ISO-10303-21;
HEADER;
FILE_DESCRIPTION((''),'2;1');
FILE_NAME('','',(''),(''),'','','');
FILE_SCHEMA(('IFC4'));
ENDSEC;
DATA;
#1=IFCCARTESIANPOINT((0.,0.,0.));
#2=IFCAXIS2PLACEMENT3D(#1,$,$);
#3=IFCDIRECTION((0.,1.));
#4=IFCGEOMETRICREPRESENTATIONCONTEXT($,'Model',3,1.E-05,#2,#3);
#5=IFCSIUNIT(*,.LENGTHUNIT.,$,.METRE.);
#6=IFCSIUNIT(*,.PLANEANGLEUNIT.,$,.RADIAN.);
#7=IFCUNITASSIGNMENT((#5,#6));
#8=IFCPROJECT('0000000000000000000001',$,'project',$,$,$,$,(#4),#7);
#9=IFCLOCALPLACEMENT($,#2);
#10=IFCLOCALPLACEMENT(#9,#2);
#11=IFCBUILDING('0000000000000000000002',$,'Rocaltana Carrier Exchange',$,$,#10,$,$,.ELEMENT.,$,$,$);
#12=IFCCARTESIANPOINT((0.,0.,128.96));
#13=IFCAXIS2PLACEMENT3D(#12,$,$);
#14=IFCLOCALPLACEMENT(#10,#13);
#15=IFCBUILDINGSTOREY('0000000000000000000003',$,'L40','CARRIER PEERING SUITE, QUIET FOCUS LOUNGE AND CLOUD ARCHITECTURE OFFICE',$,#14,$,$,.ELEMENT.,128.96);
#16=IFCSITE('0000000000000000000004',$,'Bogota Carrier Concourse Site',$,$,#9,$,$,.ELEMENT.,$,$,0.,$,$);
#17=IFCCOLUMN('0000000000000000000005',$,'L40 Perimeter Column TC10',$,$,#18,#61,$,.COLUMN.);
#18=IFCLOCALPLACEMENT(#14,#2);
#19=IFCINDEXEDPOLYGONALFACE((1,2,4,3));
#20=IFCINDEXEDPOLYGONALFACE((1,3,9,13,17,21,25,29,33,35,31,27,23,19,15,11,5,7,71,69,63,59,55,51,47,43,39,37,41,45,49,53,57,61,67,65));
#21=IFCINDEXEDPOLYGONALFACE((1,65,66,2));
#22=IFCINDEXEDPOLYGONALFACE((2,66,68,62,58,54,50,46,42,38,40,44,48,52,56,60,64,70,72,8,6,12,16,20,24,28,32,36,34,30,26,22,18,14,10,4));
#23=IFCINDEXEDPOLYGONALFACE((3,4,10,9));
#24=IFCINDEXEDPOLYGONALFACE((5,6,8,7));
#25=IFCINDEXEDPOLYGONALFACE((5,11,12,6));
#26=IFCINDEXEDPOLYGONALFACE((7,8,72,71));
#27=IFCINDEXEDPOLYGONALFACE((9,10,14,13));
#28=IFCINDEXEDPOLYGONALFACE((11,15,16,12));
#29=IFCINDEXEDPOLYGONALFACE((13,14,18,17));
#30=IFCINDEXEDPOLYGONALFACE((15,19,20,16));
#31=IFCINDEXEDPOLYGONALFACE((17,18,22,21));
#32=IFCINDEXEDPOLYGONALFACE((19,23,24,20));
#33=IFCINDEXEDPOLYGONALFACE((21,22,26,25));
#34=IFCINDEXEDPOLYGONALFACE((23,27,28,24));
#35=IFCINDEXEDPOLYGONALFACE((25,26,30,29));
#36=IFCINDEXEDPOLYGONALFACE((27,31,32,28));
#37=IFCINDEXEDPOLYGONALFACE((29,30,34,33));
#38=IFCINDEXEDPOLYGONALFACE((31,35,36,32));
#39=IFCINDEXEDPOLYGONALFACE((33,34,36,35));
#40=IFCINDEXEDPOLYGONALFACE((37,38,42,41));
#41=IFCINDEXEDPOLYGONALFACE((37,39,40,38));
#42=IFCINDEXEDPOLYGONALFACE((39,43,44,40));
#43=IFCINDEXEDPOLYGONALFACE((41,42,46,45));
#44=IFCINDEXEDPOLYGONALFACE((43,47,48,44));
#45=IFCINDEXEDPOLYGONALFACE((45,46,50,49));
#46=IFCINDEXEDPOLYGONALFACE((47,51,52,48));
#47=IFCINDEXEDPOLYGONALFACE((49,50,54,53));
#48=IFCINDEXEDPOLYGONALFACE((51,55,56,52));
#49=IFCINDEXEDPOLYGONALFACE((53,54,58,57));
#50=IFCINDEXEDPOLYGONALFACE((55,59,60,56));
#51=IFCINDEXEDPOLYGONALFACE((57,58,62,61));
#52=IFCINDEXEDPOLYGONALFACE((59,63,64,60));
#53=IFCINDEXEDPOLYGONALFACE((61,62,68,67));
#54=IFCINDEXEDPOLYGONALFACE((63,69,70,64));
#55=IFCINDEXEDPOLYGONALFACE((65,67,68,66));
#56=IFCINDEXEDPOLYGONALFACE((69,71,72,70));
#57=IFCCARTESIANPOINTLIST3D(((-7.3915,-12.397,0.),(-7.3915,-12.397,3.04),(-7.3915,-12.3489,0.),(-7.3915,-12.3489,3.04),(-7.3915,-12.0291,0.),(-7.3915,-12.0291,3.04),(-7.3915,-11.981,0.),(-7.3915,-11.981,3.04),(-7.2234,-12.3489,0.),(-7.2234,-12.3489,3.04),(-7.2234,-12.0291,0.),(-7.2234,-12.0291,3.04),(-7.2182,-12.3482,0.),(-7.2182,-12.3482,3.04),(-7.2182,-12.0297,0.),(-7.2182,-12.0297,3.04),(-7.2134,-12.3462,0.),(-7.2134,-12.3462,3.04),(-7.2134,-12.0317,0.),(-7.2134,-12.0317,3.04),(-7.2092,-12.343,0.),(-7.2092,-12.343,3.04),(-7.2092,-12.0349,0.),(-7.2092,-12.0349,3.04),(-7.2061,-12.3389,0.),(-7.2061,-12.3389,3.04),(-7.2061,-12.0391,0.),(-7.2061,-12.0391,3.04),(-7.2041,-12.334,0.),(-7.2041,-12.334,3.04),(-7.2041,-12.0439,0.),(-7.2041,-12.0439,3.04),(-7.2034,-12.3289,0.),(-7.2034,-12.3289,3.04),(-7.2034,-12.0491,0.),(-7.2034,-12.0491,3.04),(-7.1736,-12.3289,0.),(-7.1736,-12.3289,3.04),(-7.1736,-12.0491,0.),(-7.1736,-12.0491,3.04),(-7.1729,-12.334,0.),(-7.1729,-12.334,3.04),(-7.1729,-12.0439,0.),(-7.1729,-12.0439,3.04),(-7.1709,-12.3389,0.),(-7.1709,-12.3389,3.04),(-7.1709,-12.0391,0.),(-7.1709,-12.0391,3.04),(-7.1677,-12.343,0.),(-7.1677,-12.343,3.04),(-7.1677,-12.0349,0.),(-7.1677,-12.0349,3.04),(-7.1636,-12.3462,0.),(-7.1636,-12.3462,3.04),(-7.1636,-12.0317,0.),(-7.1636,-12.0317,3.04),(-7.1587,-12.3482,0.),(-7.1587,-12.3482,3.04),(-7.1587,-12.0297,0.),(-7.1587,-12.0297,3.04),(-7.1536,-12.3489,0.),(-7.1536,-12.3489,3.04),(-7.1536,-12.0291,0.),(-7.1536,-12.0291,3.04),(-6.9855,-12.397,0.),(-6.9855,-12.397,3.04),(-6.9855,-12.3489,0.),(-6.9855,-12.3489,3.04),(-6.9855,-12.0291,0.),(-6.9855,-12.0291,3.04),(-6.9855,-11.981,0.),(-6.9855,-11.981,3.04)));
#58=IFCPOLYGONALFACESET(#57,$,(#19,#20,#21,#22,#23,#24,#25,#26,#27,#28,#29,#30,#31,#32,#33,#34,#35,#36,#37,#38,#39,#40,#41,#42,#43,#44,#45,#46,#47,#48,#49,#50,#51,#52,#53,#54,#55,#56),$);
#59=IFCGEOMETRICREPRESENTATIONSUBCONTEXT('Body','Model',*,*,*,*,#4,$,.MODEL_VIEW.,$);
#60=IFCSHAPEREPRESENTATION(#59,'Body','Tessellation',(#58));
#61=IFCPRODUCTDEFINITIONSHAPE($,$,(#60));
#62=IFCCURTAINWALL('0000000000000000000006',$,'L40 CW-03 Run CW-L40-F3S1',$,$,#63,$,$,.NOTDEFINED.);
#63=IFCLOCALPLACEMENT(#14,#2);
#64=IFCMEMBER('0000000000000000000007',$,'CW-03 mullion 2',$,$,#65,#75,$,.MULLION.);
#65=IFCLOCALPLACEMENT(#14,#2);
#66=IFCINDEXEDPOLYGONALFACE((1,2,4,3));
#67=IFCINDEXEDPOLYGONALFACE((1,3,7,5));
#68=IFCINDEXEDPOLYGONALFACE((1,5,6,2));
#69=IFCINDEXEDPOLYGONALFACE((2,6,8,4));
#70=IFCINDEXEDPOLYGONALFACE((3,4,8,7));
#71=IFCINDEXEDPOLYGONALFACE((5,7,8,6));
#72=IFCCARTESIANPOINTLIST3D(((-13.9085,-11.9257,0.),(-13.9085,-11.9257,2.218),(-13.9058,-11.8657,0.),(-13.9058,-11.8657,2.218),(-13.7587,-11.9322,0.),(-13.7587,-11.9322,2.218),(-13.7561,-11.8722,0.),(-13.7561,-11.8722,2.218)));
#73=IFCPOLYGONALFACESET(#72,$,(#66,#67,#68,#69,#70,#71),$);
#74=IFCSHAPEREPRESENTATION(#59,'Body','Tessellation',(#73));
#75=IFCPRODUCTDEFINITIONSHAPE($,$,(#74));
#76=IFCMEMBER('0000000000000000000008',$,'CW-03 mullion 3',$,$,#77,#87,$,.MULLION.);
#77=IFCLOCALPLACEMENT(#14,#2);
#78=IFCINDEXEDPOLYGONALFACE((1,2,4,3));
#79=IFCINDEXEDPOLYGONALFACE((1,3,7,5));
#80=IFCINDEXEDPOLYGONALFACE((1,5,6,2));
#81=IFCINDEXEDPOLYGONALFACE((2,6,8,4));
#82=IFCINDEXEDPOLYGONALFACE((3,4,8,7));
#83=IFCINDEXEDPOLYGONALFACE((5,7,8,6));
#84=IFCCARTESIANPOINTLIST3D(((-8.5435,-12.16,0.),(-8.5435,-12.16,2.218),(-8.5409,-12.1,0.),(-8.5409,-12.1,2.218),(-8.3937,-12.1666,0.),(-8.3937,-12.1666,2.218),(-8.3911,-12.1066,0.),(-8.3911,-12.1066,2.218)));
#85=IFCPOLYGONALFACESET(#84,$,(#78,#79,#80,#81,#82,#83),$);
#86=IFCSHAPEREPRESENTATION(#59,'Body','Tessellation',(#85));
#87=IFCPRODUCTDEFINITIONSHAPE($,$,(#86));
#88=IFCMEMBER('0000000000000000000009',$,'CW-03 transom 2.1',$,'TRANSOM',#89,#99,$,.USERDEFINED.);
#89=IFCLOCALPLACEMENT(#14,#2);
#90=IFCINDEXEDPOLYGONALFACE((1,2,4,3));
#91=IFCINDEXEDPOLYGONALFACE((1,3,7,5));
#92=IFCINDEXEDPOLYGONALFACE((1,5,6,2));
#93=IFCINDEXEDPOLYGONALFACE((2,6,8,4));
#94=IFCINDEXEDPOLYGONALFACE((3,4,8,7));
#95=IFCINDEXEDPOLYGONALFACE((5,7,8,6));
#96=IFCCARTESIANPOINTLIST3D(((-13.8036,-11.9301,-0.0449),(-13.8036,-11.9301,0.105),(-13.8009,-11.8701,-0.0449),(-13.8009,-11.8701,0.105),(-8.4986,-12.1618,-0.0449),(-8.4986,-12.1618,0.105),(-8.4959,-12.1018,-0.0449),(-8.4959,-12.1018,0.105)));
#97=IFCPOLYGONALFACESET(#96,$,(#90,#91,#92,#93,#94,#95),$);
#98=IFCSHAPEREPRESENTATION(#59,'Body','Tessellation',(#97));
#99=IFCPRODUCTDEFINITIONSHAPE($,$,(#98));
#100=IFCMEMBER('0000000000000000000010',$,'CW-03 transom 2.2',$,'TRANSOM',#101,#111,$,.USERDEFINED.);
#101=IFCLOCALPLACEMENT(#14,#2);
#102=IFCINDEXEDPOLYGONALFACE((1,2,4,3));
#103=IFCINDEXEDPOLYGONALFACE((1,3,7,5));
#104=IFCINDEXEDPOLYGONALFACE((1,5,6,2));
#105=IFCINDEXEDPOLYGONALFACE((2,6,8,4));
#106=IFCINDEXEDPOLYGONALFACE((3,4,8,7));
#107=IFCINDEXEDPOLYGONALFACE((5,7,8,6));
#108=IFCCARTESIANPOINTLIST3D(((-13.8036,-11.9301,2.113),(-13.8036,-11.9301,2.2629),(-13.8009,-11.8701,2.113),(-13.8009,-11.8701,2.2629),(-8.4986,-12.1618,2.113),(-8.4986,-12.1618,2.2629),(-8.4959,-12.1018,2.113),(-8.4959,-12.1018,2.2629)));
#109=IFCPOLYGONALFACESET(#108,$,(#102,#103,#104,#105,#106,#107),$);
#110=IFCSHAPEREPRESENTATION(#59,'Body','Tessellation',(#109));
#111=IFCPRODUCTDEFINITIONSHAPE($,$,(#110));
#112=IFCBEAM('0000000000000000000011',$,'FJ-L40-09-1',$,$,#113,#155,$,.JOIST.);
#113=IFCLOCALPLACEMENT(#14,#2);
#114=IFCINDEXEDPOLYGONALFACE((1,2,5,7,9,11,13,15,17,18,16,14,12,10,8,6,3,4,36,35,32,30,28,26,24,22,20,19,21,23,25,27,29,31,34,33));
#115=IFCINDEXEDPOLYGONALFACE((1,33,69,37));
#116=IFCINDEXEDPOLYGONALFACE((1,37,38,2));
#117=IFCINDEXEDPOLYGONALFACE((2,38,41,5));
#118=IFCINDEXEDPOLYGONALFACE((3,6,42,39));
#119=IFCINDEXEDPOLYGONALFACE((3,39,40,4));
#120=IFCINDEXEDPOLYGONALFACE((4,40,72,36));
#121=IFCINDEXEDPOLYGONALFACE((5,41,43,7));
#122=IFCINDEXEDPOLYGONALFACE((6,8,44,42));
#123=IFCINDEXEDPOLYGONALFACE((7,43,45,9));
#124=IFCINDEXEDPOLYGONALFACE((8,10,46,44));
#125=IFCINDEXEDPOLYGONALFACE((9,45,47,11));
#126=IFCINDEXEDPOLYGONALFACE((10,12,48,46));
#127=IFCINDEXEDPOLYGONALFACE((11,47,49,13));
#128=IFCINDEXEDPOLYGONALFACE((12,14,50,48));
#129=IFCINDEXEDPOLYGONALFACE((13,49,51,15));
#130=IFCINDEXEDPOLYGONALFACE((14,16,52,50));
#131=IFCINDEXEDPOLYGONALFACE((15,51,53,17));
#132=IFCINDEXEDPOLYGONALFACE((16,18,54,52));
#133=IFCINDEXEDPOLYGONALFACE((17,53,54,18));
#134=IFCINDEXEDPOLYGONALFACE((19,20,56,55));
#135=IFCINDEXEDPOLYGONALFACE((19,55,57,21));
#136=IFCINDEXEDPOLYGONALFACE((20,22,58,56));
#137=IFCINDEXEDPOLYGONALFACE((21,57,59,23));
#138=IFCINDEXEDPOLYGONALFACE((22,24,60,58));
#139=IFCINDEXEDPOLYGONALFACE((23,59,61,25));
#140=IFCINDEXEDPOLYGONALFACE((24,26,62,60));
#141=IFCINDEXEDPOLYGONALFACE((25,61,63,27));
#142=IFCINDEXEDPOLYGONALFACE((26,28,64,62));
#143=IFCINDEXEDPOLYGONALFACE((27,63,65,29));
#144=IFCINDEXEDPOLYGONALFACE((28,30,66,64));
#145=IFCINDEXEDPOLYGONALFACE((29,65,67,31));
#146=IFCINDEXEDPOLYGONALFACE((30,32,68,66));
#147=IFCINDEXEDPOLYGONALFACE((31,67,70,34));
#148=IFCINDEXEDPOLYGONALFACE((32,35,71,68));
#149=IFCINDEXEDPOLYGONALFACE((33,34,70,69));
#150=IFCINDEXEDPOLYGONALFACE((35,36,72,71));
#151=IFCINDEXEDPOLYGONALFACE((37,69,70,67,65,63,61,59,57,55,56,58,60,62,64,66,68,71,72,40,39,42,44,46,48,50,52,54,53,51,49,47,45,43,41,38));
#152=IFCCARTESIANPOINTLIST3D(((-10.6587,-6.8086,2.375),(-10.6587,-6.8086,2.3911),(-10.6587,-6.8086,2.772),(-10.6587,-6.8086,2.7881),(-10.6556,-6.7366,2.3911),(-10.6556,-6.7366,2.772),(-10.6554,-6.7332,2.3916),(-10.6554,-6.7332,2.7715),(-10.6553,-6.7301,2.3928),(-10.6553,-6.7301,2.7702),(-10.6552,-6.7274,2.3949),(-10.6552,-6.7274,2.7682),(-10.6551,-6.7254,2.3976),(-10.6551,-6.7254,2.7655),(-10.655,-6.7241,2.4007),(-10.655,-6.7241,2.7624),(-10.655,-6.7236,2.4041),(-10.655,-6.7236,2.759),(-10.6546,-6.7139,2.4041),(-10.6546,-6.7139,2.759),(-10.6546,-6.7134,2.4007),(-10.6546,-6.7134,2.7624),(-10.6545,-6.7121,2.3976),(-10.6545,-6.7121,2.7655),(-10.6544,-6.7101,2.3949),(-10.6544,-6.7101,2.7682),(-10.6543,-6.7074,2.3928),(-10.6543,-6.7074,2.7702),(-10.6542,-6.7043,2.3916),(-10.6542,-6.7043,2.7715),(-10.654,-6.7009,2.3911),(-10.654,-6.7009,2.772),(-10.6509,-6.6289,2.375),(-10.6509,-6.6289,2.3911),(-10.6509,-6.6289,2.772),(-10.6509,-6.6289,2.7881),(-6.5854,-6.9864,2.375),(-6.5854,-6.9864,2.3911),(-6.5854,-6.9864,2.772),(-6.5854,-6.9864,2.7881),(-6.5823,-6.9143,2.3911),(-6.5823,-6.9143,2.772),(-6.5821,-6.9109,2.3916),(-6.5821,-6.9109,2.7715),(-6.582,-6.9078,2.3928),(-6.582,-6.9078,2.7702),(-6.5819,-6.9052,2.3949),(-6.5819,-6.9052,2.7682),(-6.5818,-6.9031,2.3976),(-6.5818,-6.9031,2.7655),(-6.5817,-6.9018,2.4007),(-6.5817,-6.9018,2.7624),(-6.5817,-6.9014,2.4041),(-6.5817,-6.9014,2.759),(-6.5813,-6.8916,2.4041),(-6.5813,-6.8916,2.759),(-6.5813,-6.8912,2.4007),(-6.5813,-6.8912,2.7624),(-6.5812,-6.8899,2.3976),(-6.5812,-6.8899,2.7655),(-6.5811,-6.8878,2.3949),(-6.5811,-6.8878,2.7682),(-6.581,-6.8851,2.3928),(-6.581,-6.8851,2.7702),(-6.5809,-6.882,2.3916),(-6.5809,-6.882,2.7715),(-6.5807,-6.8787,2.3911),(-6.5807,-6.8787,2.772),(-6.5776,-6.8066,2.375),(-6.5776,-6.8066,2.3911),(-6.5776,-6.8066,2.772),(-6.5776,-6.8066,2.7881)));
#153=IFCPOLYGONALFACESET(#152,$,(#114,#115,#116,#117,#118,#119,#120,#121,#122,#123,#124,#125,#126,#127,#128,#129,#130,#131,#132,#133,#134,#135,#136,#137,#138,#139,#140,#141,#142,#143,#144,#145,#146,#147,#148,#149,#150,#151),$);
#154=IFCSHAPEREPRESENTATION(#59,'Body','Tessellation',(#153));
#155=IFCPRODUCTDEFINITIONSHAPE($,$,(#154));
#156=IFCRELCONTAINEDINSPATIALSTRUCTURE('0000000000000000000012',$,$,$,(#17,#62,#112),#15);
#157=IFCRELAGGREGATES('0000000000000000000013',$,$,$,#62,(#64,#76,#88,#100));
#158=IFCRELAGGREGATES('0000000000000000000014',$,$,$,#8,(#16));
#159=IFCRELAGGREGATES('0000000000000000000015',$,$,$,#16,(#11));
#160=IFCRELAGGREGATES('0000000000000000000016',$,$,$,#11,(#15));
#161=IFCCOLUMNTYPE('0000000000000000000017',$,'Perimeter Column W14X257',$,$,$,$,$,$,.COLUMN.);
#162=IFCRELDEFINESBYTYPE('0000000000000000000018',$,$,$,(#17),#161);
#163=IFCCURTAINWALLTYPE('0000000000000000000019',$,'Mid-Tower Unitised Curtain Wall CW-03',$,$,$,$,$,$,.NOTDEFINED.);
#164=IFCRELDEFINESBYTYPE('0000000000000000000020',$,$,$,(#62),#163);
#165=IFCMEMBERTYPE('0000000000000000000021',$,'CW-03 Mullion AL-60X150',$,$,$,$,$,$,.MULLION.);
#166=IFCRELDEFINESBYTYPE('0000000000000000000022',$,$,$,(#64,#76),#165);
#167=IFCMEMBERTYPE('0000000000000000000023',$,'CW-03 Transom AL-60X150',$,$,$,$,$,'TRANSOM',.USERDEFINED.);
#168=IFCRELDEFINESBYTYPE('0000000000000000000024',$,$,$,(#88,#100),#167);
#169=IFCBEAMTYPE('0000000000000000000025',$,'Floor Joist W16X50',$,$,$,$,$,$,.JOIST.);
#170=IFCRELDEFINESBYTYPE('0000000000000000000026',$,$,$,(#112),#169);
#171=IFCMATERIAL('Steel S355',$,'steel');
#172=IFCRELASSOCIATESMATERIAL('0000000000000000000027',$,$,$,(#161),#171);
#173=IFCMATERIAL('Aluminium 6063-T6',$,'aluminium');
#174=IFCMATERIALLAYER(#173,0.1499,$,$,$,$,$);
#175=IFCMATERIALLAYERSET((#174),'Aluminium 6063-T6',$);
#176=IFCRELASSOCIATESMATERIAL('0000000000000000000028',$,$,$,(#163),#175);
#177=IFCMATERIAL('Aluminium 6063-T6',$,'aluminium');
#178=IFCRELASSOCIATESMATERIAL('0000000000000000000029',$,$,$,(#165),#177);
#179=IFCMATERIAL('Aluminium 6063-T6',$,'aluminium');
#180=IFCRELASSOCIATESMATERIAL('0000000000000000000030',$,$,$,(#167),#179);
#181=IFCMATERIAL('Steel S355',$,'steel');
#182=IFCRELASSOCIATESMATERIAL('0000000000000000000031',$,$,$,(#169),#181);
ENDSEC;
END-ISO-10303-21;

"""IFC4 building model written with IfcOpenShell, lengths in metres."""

from ifc_helpers import new_model, si_unit, direction, frame, origin, origin_2d, place, context, subcontext, project, spatial, rectangle, i_section, extrude, material, layer, layer_set, material_profile, profile_set, type_object, element, aggregate, save


model = new_model("IFC4")

# Units and contexts
model_context = context("Model", 3, precision=1e-05, world=origin(), true_north=direction((0.0, 1.0)))
body_context = subcontext(model_context, "Body", "Model", "MODEL_VIEW")
ifc_project = project(units=[si_unit("LENGTHUNIT", "METRE"), si_unit("PLANEANGLEUNIT", "RADIAN")], contexts=[model_context])

# Site, building, storey
site_placement = place(None, origin())
site = spatial("IfcSite", under=ifc_project, at=site_placement, Name="Bogota Carrier Concourse Site", CompositionType="ELEMENT", RefElevation=0.0)
building_placement = place(site_placement, origin())
building = spatial("IfcBuilding", under=site, at=building_placement, Name="Rocaltana Carrier Exchange", CompositionType="ELEMENT")
storey_placement = place(building_placement, frame((0.0, 0.0, 128.96)))
storey = spatial("IfcBuildingStorey", under=building, at=storey_placement, Name="L40", Description="CARRIER PEERING SUITE, QUIET FOCUS LOUNGE AND CLOUD ARCHITECTURE OFFICE", CompositionType="ELEMENT", Elevation=128.96)

# Column
ifc_material_1 = material(Name="Steel S355", Category="steel")
ifc_material_profile_1 = material_profile(ifc_material_1, i_section(OverallWidth=0.406, OverallDepth=0.416, WebThickness=0.0298, FlangeThickness=0.0481, FilletRadius=0.02, at=origin_2d()), Name="W14X257")
ifc_profile_set_1 = profile_set([ifc_material_profile_1], Name="Steel S355")
column_type = type_object("IfcColumnType", Name="Perimeter Column W14X257", PredefinedType="COLUMN", material=ifc_profile_set_1)
column_placement = place(storey_placement, frame((-7.1885, -12.189, 0.0), z_axis=(0.0, 0.0, 1.0), x_axis=(1.0, 0.0, 0.0)))
element("IfcColumn", 1, at=column_placement, inside=storey, type_object=column_type, Name="L40 Perimeter Column TC10", PredefinedType="COLUMN", context=body_context, shape_type="SweptSolid", body=[
    extrude(i_section(OverallWidth=0.406, OverallDepth=0.416, WebThickness=0.0298, FlangeThickness=0.0481, FilletRadius=0.02, at=origin_2d()), origin(), (0.0, 0.0, 1.0), 3.04),
])

# Curtain wall, members
ifc_material_2 = material(Name="Aluminium 6063-T6", Category="aluminium")
ifc_layer_1 = layer(ifc_material_2, 0.1499)
ifc_layer_set_1 = layer_set([ifc_layer_1], Name="Aluminium 6063-T6")
curtain_wall_type = type_object("IfcCurtainWallType", Name="Mid-Tower Unitised Curtain Wall CW-03", PredefinedType="NOTDEFINED", material=ifc_layer_set_1)
curtain_wall_1_placement = place(storey_placement, origin())
curtain_wall_1 = element("IfcCurtainWall", 2, at=curtain_wall_1_placement, inside=storey, type_object=curtain_wall_type, Name="L40 CW-03 Run CW-L40-F3S1", PredefinedType="NOTDEFINED")
ifc_material_3 = material(Name="Aluminium 6063-T6", Category="aluminium")
ifc_material_profile_2 = material_profile(ifc_material_3, rectangle(XDim=0.0601, YDim=0.1499, at=origin_2d()), Name="AL-60X150")
ifc_profile_set_2 = profile_set([ifc_material_profile_2], Name="Aluminium 6063-T6")
member_type_1 = type_object("IfcMemberType", Name="CW-03 Mullion AL-60X150", PredefinedType="MULLION", material=ifc_profile_set_2)
member_1_placement = place(storey_placement, frame((-13.8323, -11.8989, 0.0), z_axis=(0.0, 0.0, 1.0), x_axis=(0.043629, 0.999048, 0.0)))
member_1 = element("IfcMember", 3, at=member_1_placement, type_object=member_type_1, Name="CW-03 mullion 2", PredefinedType="MULLION", context=body_context, shape_type="SweptSolid", body=[
    extrude(rectangle(XDim=0.0601, YDim=0.1499, at=origin_2d()), origin(), (0.0, 0.0, 1.0), 2.218),
])
member_2_placement = place(storey_placement, frame((-8.4673, -12.1333, 0.0), z_axis=(0.0, 0.0, 1.0), x_axis=(0.043629, 0.999048, 0.0)))
member_2 = element("IfcMember", 4, at=member_2_placement, type_object=member_type_1, Name="CW-03 mullion 3", PredefinedType="MULLION", context=body_context, shape_type="SweptSolid", body=[
    extrude(rectangle(XDim=0.0601, YDim=0.1499, at=origin_2d()), origin(), (0.0, 0.0, 1.0), 2.218),
])
ifc_material_4 = material(Name="Aluminium 6063-T6", Category="aluminium")
ifc_material_profile_3 = material_profile(ifc_material_4, rectangle(XDim=0.0601, YDim=0.1499, at=origin_2d()), Name="AL-60X150")
ifc_profile_set_3 = profile_set([ifc_material_profile_3], Name="Aluminium 6063-T6")
member_type_2 = type_object("IfcMemberType", Name="CW-03 Transom AL-60X150", ElementType="TRANSOM", PredefinedType="USERDEFINED", material=ifc_profile_set_3)
member_3_placement = place(storey_placement, frame((-13.8022, -11.9001, 0.03), z_axis=(0.999048, -0.043633, 0.0), x_axis=(0.043633, 0.999048, 0.0)))
member_3 = element("IfcMember", 5, at=member_3_placement, type_object=member_type_2, Name="CW-03 transom 2.1", ObjectType="TRANSOM", PredefinedType="USERDEFINED", context=body_context, shape_type="SweptSolid", body=[
    extrude(rectangle(XDim=0.0601, YDim=0.1499, at=origin_2d()), origin(), (0.0, 0.0, 1.0), 5.3101),
])
member_4_placement = place(storey_placement, frame((-13.8022, -11.9001, 2.188), z_axis=(0.999048, -0.043633, 0.0), x_axis=(0.043633, 0.999048, 0.0)))
member_4 = element("IfcMember", 6, at=member_4_placement, type_object=member_type_2, Name="CW-03 transom 2.2", ObjectType="TRANSOM", PredefinedType="USERDEFINED", context=body_context, shape_type="SweptSolid", body=[
    extrude(rectangle(XDim=0.0601, YDim=0.1499, at=origin_2d()), origin(), (0.0, 0.0, 1.0), 5.3101),
])

# Beam
ifc_material_5 = material(Name="Steel S355", Category="steel")
ifc_material_profile_4 = material_profile(ifc_material_5, i_section(OverallWidth=0.1799, OverallDepth=0.4131, WebThickness=0.0098, FlangeThickness=0.0161, FilletRadius=0.0129, at=origin_2d()), Name="W16X50")
ifc_profile_set_4 = profile_set([ifc_material_profile_4], Name="Steel S355")
beam_type = type_object("IfcBeamType", Name="Floor Joist W16X50", PredefinedType="JOIST", material=ifc_profile_set_4)
beam_1_placement = place(storey_placement, frame((-10.6548, -6.7188, 2.5815), z_axis=(0.999049, -0.043593, 0.0), x_axis=(0.043593, 0.999049, 0.0)))
element("IfcBeam", 7, at=beam_1_placement, inside=storey, type_object=beam_type, Name="FJ-L40-09-1", PredefinedType="JOIST", context=body_context, shape_type="SweptSolid", body=[
    extrude(i_section(OverallWidth=0.1799, OverallDepth=0.4131, WebThickness=0.0098, FlangeThickness=0.0161, FilletRadius=0.0129, at=origin_2d()), origin(), (0.0, 0.0, 1.0), 4.0771),
])

aggregate(curtain_wall_1, [member_1, member_2, member_3, member_4])

save(model, "model.ifc")
